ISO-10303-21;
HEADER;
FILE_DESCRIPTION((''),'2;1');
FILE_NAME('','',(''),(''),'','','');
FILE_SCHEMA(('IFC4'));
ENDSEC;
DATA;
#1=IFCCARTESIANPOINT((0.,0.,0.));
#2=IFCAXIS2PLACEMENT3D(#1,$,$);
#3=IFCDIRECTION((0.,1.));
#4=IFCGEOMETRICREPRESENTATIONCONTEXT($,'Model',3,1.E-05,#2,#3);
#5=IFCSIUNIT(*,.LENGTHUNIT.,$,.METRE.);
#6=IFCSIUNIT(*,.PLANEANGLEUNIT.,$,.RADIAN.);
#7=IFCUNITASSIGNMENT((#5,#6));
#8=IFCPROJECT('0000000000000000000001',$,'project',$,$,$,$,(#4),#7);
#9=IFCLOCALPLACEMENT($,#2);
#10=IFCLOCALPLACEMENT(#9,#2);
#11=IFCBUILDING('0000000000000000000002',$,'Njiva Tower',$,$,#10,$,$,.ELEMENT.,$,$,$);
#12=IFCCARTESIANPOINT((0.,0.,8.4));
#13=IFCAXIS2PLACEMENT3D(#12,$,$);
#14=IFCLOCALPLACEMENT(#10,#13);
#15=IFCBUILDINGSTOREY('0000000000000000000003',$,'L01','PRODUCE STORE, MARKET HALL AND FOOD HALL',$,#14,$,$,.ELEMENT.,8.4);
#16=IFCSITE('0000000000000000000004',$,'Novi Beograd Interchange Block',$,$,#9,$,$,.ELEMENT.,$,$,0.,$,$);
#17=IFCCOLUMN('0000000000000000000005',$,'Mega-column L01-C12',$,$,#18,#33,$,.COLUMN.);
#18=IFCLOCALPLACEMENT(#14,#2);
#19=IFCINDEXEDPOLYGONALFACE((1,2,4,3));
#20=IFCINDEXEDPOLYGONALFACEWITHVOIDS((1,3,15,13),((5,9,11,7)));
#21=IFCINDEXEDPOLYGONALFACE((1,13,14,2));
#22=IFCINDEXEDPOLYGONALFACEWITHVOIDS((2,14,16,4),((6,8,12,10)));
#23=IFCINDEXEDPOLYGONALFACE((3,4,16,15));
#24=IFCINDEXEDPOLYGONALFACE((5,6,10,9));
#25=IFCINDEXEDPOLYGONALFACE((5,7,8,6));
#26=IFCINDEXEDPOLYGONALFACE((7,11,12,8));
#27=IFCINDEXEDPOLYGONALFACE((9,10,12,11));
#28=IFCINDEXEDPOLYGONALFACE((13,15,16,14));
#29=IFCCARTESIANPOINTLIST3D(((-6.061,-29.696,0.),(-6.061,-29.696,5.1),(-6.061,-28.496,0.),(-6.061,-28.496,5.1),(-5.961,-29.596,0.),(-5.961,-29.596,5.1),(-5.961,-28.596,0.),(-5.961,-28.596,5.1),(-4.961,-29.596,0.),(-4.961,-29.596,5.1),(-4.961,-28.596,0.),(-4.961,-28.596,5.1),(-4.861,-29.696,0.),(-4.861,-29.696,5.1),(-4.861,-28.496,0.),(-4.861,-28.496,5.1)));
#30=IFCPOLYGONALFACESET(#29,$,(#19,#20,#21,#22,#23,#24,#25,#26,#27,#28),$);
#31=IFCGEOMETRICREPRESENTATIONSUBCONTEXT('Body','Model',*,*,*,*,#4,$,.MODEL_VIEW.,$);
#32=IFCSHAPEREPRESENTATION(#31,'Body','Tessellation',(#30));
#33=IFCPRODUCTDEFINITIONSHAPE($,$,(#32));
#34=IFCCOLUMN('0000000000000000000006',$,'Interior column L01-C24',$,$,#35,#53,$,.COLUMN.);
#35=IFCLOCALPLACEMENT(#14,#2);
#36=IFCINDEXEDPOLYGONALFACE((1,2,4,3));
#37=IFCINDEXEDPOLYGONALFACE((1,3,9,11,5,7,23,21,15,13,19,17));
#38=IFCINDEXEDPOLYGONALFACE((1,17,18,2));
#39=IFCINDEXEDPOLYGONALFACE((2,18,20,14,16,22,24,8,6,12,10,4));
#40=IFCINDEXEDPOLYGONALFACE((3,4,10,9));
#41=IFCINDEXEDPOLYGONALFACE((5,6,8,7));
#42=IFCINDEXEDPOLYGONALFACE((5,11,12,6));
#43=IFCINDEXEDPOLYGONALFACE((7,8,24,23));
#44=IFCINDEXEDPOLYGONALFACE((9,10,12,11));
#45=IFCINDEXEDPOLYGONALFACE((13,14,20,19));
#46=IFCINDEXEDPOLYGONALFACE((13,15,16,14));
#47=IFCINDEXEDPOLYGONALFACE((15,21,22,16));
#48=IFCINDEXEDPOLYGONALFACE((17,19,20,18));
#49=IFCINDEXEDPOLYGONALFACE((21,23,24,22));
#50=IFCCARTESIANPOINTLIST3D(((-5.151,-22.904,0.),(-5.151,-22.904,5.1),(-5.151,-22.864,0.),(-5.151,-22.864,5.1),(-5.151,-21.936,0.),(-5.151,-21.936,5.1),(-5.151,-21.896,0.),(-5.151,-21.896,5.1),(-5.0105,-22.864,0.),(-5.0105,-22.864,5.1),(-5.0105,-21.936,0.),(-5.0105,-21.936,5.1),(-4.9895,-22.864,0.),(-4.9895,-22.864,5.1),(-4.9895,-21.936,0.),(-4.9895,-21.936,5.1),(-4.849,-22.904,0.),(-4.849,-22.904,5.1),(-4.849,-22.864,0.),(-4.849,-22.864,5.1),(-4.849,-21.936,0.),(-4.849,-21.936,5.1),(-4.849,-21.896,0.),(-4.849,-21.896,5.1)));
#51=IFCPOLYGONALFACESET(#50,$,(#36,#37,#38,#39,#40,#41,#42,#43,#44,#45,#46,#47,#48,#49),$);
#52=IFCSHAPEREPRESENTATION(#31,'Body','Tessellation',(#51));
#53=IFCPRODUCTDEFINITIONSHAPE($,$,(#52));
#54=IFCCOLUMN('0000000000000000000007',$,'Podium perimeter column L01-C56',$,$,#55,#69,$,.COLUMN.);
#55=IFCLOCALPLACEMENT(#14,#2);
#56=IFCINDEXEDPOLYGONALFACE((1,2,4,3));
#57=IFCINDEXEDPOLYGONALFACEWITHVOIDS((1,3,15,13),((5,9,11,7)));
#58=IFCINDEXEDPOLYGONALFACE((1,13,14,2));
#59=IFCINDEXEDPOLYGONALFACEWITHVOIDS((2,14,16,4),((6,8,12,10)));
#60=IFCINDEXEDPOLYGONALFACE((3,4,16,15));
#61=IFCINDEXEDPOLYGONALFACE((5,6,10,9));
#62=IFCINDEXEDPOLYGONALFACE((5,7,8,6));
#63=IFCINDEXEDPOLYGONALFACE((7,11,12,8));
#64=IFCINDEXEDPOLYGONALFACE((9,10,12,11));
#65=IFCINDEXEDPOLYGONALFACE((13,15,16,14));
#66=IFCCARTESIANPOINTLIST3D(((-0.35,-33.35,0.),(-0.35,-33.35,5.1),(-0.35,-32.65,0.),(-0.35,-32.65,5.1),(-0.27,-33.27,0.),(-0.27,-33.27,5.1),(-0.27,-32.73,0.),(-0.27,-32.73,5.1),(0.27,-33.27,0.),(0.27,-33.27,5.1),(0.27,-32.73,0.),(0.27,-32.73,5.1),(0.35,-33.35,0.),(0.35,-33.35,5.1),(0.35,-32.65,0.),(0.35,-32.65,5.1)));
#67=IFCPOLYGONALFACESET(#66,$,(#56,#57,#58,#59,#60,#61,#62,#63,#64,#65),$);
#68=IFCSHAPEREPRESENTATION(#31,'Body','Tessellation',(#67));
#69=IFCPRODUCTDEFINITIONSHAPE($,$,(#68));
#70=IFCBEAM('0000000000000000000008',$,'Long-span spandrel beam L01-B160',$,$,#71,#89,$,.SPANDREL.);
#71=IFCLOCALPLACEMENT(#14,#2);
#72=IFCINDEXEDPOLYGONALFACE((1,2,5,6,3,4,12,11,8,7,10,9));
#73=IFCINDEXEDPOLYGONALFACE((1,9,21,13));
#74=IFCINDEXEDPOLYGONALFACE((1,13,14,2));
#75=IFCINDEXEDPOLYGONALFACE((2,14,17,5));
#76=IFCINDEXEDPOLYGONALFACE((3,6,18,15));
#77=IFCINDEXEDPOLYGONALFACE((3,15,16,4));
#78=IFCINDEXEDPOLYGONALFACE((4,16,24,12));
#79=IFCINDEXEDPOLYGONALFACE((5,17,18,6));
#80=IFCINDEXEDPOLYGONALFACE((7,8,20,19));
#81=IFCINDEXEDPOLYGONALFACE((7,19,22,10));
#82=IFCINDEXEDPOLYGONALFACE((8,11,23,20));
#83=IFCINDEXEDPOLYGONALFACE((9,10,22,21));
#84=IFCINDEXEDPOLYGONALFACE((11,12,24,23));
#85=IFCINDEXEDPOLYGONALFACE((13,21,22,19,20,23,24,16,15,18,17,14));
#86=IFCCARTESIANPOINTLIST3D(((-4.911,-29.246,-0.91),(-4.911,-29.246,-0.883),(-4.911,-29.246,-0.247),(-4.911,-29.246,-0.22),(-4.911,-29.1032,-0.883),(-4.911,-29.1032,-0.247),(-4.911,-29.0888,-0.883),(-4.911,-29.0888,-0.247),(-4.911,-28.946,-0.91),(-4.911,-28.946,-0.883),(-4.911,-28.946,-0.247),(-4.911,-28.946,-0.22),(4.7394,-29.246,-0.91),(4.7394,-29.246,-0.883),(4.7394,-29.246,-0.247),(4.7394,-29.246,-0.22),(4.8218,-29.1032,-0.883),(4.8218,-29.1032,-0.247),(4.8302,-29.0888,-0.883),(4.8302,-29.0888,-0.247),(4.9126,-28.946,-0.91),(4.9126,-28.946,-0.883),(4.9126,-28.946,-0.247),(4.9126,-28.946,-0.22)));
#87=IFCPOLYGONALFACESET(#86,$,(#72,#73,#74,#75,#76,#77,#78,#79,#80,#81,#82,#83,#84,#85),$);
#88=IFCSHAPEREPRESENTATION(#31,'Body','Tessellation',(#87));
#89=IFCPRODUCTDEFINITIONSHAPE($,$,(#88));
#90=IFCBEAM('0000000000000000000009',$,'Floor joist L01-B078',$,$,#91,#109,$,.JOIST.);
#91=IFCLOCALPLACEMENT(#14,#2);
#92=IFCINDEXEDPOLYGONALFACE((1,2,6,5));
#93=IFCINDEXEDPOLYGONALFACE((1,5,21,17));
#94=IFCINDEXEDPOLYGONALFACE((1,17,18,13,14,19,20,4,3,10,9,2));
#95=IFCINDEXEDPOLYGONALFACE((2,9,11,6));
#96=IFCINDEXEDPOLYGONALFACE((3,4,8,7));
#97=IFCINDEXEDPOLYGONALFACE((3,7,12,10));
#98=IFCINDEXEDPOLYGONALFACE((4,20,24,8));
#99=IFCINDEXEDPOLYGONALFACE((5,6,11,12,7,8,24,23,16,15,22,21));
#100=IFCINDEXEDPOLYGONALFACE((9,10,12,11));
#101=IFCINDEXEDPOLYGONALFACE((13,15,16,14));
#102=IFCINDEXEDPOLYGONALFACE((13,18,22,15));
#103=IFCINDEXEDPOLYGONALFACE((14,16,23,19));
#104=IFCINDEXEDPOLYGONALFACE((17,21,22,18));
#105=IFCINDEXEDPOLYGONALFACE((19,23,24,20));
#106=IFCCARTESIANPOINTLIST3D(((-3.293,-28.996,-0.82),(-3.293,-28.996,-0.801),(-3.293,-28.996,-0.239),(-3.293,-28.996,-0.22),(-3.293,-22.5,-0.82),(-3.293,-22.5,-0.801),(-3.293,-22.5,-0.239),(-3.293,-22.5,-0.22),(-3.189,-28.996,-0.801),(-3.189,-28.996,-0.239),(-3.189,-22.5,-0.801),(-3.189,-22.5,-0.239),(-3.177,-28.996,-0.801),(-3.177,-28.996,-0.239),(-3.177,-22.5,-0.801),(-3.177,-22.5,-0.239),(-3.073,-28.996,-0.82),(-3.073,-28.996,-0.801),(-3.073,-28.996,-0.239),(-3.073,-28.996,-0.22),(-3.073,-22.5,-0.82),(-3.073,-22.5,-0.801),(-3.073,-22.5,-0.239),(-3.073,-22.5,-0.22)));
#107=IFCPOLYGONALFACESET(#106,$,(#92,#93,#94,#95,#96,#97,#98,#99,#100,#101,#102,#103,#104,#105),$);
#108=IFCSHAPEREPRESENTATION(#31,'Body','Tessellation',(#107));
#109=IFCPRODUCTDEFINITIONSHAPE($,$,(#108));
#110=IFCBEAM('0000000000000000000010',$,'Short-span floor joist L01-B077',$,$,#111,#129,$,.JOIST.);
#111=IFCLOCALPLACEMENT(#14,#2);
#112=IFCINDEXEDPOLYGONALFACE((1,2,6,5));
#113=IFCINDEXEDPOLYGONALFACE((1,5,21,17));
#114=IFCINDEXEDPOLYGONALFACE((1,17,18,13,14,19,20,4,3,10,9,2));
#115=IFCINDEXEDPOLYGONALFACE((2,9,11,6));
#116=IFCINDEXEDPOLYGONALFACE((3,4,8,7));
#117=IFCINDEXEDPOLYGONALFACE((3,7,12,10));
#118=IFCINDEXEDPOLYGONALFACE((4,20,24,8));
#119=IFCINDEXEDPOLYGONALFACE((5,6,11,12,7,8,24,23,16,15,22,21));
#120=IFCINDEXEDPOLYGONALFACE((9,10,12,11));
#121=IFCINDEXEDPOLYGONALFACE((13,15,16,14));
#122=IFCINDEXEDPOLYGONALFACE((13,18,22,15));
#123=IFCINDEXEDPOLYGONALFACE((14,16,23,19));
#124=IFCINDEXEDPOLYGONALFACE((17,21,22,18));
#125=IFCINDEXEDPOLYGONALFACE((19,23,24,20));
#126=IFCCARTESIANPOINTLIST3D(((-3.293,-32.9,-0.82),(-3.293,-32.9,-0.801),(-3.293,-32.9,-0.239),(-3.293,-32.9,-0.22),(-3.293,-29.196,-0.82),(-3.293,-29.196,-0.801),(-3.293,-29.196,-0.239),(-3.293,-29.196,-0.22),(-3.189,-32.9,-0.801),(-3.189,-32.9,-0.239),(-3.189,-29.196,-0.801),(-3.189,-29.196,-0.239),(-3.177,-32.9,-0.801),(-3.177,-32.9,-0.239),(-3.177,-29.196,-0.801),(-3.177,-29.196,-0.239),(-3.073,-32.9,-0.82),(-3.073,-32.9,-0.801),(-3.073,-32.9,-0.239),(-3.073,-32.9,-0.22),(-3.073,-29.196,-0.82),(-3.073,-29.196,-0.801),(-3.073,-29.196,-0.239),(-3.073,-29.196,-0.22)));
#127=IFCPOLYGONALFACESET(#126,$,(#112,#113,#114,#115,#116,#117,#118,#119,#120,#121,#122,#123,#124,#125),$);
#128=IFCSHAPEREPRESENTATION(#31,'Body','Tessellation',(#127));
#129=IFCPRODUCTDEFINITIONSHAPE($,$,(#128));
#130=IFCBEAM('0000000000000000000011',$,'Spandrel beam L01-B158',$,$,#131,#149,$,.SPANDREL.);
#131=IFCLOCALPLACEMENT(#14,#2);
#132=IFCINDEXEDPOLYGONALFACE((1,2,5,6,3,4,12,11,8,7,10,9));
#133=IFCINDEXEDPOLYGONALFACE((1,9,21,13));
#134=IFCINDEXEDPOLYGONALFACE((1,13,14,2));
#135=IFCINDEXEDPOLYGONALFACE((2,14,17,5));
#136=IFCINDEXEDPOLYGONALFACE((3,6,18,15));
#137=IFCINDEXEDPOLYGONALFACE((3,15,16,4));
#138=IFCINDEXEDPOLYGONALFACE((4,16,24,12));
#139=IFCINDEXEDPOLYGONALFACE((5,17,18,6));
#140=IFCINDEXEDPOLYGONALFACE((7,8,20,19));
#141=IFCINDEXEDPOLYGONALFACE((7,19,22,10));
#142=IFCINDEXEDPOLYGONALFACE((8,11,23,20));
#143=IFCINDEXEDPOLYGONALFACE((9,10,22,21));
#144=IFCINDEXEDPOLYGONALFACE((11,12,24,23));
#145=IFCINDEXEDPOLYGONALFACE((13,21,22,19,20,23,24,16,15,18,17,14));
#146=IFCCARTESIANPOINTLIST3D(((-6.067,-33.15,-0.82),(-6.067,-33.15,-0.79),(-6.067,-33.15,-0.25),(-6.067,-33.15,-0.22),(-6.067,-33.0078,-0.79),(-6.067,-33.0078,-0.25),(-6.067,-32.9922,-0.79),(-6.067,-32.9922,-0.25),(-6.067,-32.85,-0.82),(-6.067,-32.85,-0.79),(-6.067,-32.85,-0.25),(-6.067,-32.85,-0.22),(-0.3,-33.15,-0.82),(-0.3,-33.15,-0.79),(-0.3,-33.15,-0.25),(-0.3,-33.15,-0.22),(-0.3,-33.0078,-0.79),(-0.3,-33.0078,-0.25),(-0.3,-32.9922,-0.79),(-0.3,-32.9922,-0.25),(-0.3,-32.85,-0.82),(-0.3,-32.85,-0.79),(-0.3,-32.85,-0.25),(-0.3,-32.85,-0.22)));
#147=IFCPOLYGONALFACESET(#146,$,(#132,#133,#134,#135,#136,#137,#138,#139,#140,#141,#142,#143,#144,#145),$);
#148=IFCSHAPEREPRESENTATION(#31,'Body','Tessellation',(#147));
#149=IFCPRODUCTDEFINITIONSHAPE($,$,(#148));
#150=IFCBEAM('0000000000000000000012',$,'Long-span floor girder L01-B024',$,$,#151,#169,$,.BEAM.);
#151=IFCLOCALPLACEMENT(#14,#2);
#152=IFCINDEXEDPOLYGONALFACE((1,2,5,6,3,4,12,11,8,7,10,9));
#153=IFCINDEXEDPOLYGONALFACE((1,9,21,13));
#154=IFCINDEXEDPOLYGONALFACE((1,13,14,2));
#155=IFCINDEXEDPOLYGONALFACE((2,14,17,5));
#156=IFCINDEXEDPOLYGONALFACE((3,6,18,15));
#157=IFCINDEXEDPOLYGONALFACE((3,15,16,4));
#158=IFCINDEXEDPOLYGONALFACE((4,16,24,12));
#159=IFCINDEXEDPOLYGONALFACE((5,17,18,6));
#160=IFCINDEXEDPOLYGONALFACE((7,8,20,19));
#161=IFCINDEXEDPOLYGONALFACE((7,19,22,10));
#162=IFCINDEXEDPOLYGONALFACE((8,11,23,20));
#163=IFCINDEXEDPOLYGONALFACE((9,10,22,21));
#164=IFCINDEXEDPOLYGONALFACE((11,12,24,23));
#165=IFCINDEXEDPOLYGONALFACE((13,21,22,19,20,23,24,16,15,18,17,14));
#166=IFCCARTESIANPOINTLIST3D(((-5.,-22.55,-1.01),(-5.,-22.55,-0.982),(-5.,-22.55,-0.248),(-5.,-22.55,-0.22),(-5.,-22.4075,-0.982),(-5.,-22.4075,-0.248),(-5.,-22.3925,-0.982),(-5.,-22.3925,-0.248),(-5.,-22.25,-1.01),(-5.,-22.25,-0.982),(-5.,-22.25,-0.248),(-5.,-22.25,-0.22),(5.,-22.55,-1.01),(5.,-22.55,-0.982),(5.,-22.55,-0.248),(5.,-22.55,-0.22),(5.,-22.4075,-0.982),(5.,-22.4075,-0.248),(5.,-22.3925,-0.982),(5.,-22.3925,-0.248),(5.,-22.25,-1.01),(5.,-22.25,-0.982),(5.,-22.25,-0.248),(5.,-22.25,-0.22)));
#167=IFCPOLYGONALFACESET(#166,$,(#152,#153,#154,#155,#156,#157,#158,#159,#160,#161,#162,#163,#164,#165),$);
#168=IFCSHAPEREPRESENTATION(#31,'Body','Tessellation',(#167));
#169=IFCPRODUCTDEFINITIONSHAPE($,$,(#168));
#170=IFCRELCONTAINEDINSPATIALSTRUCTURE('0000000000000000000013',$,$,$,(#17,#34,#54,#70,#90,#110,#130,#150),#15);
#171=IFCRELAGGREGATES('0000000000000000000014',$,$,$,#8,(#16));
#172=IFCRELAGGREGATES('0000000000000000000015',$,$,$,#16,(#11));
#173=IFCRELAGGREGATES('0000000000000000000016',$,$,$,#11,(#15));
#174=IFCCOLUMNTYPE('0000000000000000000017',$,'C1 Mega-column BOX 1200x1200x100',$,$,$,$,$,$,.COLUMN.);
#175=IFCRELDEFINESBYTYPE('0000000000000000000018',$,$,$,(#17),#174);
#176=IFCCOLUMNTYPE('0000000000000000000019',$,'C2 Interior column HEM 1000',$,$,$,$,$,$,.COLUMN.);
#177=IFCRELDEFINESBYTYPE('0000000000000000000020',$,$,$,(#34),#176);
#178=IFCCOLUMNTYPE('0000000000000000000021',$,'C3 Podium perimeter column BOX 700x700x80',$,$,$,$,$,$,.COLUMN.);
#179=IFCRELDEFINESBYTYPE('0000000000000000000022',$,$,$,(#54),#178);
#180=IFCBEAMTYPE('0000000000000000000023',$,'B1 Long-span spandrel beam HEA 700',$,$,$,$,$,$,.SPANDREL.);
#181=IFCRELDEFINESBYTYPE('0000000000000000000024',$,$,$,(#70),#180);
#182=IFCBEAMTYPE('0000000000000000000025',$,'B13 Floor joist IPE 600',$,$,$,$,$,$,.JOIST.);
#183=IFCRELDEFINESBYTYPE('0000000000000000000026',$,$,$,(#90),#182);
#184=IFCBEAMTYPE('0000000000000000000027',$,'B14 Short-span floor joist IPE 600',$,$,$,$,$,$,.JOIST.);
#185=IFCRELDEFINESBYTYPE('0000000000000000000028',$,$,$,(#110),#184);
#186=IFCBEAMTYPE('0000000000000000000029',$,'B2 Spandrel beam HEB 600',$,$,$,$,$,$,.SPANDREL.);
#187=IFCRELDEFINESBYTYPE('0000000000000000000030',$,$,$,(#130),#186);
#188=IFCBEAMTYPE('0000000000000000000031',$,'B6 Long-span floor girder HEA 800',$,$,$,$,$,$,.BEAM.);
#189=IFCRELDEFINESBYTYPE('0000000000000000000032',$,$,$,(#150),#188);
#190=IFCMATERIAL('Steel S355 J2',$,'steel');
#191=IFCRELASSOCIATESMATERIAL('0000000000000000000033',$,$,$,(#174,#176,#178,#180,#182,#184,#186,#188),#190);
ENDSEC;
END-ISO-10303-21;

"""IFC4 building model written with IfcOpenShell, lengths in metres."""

from ifc_helpers import new_model, si_unit, direction, frame, origin, origin_2d, place, context, subcontext, project, spatial, hollow_rectangle, i_section, extrude, clip, halfspace, material, material_profile, profile_set, type_object, element, save


model = new_model("IFC4")

# Units and contexts
model_context = context("Model", 3, precision=1e-05, world=origin(), true_north=direction((0.0, 1.0)))
body_context = subcontext(model_context, "Body", "Model", "MODEL_VIEW")
ifc_project = project(units=[si_unit("LENGTHUNIT", "METRE"), si_unit("PLANEANGLEUNIT", "RADIAN")], contexts=[model_context])

# Site, building, storey
site_placement = place(None, origin())
site = spatial("IfcSite", under=ifc_project, at=site_placement, Name="Novi Beograd Interchange Block", CompositionType="ELEMENT", RefElevation=0.0)
building_placement = place(site_placement, origin())
building = spatial("IfcBuilding", under=site, at=building_placement, Name="Njiva Tower", CompositionType="ELEMENT")
storey_placement = place(building_placement, frame((0.0, 0.0, 8.4)))
storey = spatial("IfcBuildingStorey", under=building, at=storey_placement, Name="L01", Description="PRODUCE STORE, MARKET HALL AND FOOD HALL", CompositionType="ELEMENT", Elevation=8.4)

# Columns
ifc_material_1 = material(Name="Steel S355 J2", Category="steel")
ifc_material_profile_1 = material_profile(ifc_material_1, hollow_rectangle(XDim=1.2, YDim=1.2, WallThickness=0.1, at=origin_2d()), Name="BOX 1200x1200x100")
ifc_profile_set_1 = profile_set([ifc_material_profile_1], Name="Steel S355 J2")
column_type_1 = type_object("IfcColumnType", Name="C1 Mega-column BOX 1200x1200x100", PredefinedType="COLUMN", material=ifc_profile_set_1)
column_1_placement = place(storey_placement, frame((-5.461, -29.096, 0.0), z_axis=(0.0, 0.0, 1.0), x_axis=(1.0, 0.0, 0.0)))
element("IfcColumn", 1, at=column_1_placement, inside=storey, type_object=column_type_1, Name="Mega-column L01-C12", PredefinedType="COLUMN", context=body_context, shape_type="SweptSolid", body=[
    extrude(hollow_rectangle(XDim=1.2, YDim=1.2, WallThickness=0.1, at=origin_2d()), origin(), (0.0, 0.0, 1.0), 5.1),
])
ifc_material_profile_2 = material_profile(ifc_material_1, i_section(OverallWidth=0.302, OverallDepth=1.008, WebThickness=0.021, FlangeThickness=0.04, at=origin_2d()), Name="HEM 1000")
ifc_profile_set_2 = profile_set([ifc_material_profile_2], Name="Steel S355 J2")
column_type_2 = type_object("IfcColumnType", Name="C2 Interior column HEM 1000", PredefinedType="COLUMN", material=ifc_profile_set_2)
column_2_placement = place(storey_placement, frame((-5.0, -22.4, 0.0), z_axis=(0.0, 0.0, 1.0), x_axis=(1.0, 0.0, 0.0)))
element("IfcColumn", 2, at=column_2_placement, inside=storey, type_object=column_type_2, Name="Interior column L01-C24", PredefinedType="COLUMN", context=body_context, shape_type="SweptSolid", body=[
    extrude(i_section(OverallWidth=0.302, OverallDepth=1.008, WebThickness=0.021, FlangeThickness=0.04, at=origin_2d()), origin(), (0.0, 0.0, 1.0), 5.1),
])
ifc_material_profile_3 = material_profile(ifc_material_1, hollow_rectangle(XDim=0.7, YDim=0.7, WallThickness=0.08, at=origin_2d()), Name="BOX 700x700x80")
ifc_profile_set_3 = profile_set([ifc_material_profile_3], Name="Steel S355 J2")
column_type_3 = type_object("IfcColumnType", Name="C3 Podium perimeter column BOX 700x700x80", PredefinedType="COLUMN", material=ifc_profile_set_3)
column_3_placement = place(storey_placement, frame((0.0, -33.0, 0.0), z_axis=(0.0, 0.0, 1.0), x_axis=(1.0, 0.0, 0.0)))
element("IfcColumn", 3, at=column_3_placement, inside=storey, type_object=column_type_3, Name="Podium perimeter column L01-C56", PredefinedType="COLUMN", context=body_context, shape_type="SweptSolid", body=[
    extrude(hollow_rectangle(XDim=0.7, YDim=0.7, WallThickness=0.08, at=origin_2d()), origin(), (0.0, 0.0, 1.0), 5.1),
])

# Beams
ifc_material_profile_4 = material_profile(ifc_material_1, i_section(OverallWidth=0.3, OverallDepth=0.69, WebThickness=0.0145, FlangeThickness=0.027, at=origin_2d()), Name="HEA 700")
ifc_profile_set_4 = profile_set([ifc_material_profile_4], Name="Steel S355 J2")
beam_type_1 = type_object("IfcBeamType", Name="B1 Long-span spandrel beam HEA 700", PredefinedType="SPANDREL", material=ifc_profile_set_4)
beam_1_placement = place(storey_placement, frame((-4.911, -29.096, -0.565), z_axis=(1.0, 0.0, 0.0), x_axis=(0.0, 1.0, 0.0)))
element("IfcBeam", 4, at=beam_1_placement, inside=storey, type_object=beam_type_1, Name="Long-span spandrel beam L01-B160", PredefinedType="SPANDREL", context=body_context, shape_type="Clipping", body=[
    clip(extrude(i_section(OverallWidth=0.3, OverallDepth=0.69, WebThickness=0.0145, FlangeThickness=0.027, at=origin_2d()), origin(), (0.0, 0.0, 1.0), 9.844), halfspace(frame((-0.0254, 0.0, 9.7223), z_axis=(-0.499998, 0.0, 0.866027), x_axis=(0.0, 1.0, 0.0)), False)),
])
ifc_material_profile_5 = material_profile(ifc_material_1, i_section(OverallWidth=0.22, OverallDepth=0.6, WebThickness=0.012, FlangeThickness=0.019, at=origin_2d()), Name="IPE 600")
ifc_profile_set_5 = profile_set([ifc_material_profile_5], Name="Steel S355 J2")
beam_type_2 = type_object("IfcBeamType", Name="B13 Floor joist IPE 600", PredefinedType="JOIST", material=ifc_profile_set_5)
beam_2_placement = place(storey_placement, frame((-3.183, -22.5, -0.52), z_axis=(0.0, -1.0, 0.0), x_axis=(1.0, 0.0, 0.0)))
element("IfcBeam", 5, at=beam_2_placement, inside=storey, type_object=beam_type_2, Name="Floor joist L01-B078", PredefinedType="JOIST", context=body_context, shape_type="SweptSolid", body=[
    extrude(i_section(OverallWidth=0.22, OverallDepth=0.6, WebThickness=0.012, FlangeThickness=0.019, at=origin_2d()), origin(), (0.0, 0.0, 1.0), 6.496),
])
ifc_material_profile_6 = material_profile(ifc_material_1, i_section(OverallWidth=0.22, OverallDepth=0.6, WebThickness=0.012, FlangeThickness=0.019, at=origin_2d()), Name="IPE 600")
ifc_profile_set_6 = profile_set([ifc_material_profile_6], Name="Steel S355 J2")
beam_type_3 = type_object("IfcBeamType", Name="B14 Short-span floor joist IPE 600", PredefinedType="JOIST", material=ifc_profile_set_6)
beam_3_placement = place(storey_placement, frame((-3.183, -29.196, -0.52), z_axis=(0.0, -1.0, 0.0), x_axis=(1.0, 0.0, 0.0)))
element("IfcBeam", 6, at=beam_3_placement, inside=storey, type_object=beam_type_3, Name="Short-span floor joist L01-B077", PredefinedType="JOIST", context=body_context, shape_type="SweptSolid", body=[
    extrude(i_section(OverallWidth=0.22, OverallDepth=0.6, WebThickness=0.012, FlangeThickness=0.019, at=origin_2d()), origin(), (0.0, 0.0, 1.0), 3.704),
])
ifc_material_profile_7 = material_profile(ifc_material_1, i_section(OverallWidth=0.3, OverallDepth=0.6, WebThickness=0.0155, FlangeThickness=0.03, at=origin_2d()), Name="HEB 600")
ifc_profile_set_7 = profile_set([ifc_material_profile_7], Name="Steel S355 J2")
beam_type_4 = type_object("IfcBeamType", Name="B2 Spandrel beam HEB 600", PredefinedType="SPANDREL", material=ifc_profile_set_7)
beam_4_placement = place(storey_placement, frame((-6.067, -33.0, -0.52), z_axis=(1.0, 0.0, 0.0), x_axis=(0.0, 1.0, 0.0)))
element("IfcBeam", 7, at=beam_4_placement, inside=storey, type_object=beam_type_4, Name="Spandrel beam L01-B158", PredefinedType="SPANDREL", context=body_context, shape_type="SweptSolid", body=[
    extrude(i_section(OverallWidth=0.3, OverallDepth=0.6, WebThickness=0.0155, FlangeThickness=0.03, at=origin_2d()), origin(), (0.0, 0.0, 1.0), 5.767),
])
ifc_material_profile_8 = material_profile(ifc_material_1, i_section(OverallWidth=0.3, OverallDepth=0.79, WebThickness=0.015, FlangeThickness=0.028, at=origin_2d()), Name="HEA 800")
ifc_profile_set_8 = profile_set([ifc_material_profile_8], Name="Steel S355 J2")
beam_type_5 = type_object("IfcBeamType", Name="B6 Long-span floor girder HEA 800", PredefinedType="BEAM", material=ifc_profile_set_8)
beam_5_placement = place(storey_placement, frame((-5.0, -22.4, -0.615), z_axis=(1.0, 0.0, 0.0), x_axis=(0.0, 1.0, 0.0)))
element("IfcBeam", 8, at=beam_5_placement, inside=storey, type_object=beam_type_5, Name="Long-span floor girder L01-B024", PredefinedType="BEAM", context=body_context, shape_type="SweptSolid", body=[
    extrude(i_section(OverallWidth=0.3, OverallDepth=0.79, WebThickness=0.015, FlangeThickness=0.028, at=origin_2d()), origin(), (0.0, 0.0, 1.0), 10.0),
])

save(model, "model.ifc")
